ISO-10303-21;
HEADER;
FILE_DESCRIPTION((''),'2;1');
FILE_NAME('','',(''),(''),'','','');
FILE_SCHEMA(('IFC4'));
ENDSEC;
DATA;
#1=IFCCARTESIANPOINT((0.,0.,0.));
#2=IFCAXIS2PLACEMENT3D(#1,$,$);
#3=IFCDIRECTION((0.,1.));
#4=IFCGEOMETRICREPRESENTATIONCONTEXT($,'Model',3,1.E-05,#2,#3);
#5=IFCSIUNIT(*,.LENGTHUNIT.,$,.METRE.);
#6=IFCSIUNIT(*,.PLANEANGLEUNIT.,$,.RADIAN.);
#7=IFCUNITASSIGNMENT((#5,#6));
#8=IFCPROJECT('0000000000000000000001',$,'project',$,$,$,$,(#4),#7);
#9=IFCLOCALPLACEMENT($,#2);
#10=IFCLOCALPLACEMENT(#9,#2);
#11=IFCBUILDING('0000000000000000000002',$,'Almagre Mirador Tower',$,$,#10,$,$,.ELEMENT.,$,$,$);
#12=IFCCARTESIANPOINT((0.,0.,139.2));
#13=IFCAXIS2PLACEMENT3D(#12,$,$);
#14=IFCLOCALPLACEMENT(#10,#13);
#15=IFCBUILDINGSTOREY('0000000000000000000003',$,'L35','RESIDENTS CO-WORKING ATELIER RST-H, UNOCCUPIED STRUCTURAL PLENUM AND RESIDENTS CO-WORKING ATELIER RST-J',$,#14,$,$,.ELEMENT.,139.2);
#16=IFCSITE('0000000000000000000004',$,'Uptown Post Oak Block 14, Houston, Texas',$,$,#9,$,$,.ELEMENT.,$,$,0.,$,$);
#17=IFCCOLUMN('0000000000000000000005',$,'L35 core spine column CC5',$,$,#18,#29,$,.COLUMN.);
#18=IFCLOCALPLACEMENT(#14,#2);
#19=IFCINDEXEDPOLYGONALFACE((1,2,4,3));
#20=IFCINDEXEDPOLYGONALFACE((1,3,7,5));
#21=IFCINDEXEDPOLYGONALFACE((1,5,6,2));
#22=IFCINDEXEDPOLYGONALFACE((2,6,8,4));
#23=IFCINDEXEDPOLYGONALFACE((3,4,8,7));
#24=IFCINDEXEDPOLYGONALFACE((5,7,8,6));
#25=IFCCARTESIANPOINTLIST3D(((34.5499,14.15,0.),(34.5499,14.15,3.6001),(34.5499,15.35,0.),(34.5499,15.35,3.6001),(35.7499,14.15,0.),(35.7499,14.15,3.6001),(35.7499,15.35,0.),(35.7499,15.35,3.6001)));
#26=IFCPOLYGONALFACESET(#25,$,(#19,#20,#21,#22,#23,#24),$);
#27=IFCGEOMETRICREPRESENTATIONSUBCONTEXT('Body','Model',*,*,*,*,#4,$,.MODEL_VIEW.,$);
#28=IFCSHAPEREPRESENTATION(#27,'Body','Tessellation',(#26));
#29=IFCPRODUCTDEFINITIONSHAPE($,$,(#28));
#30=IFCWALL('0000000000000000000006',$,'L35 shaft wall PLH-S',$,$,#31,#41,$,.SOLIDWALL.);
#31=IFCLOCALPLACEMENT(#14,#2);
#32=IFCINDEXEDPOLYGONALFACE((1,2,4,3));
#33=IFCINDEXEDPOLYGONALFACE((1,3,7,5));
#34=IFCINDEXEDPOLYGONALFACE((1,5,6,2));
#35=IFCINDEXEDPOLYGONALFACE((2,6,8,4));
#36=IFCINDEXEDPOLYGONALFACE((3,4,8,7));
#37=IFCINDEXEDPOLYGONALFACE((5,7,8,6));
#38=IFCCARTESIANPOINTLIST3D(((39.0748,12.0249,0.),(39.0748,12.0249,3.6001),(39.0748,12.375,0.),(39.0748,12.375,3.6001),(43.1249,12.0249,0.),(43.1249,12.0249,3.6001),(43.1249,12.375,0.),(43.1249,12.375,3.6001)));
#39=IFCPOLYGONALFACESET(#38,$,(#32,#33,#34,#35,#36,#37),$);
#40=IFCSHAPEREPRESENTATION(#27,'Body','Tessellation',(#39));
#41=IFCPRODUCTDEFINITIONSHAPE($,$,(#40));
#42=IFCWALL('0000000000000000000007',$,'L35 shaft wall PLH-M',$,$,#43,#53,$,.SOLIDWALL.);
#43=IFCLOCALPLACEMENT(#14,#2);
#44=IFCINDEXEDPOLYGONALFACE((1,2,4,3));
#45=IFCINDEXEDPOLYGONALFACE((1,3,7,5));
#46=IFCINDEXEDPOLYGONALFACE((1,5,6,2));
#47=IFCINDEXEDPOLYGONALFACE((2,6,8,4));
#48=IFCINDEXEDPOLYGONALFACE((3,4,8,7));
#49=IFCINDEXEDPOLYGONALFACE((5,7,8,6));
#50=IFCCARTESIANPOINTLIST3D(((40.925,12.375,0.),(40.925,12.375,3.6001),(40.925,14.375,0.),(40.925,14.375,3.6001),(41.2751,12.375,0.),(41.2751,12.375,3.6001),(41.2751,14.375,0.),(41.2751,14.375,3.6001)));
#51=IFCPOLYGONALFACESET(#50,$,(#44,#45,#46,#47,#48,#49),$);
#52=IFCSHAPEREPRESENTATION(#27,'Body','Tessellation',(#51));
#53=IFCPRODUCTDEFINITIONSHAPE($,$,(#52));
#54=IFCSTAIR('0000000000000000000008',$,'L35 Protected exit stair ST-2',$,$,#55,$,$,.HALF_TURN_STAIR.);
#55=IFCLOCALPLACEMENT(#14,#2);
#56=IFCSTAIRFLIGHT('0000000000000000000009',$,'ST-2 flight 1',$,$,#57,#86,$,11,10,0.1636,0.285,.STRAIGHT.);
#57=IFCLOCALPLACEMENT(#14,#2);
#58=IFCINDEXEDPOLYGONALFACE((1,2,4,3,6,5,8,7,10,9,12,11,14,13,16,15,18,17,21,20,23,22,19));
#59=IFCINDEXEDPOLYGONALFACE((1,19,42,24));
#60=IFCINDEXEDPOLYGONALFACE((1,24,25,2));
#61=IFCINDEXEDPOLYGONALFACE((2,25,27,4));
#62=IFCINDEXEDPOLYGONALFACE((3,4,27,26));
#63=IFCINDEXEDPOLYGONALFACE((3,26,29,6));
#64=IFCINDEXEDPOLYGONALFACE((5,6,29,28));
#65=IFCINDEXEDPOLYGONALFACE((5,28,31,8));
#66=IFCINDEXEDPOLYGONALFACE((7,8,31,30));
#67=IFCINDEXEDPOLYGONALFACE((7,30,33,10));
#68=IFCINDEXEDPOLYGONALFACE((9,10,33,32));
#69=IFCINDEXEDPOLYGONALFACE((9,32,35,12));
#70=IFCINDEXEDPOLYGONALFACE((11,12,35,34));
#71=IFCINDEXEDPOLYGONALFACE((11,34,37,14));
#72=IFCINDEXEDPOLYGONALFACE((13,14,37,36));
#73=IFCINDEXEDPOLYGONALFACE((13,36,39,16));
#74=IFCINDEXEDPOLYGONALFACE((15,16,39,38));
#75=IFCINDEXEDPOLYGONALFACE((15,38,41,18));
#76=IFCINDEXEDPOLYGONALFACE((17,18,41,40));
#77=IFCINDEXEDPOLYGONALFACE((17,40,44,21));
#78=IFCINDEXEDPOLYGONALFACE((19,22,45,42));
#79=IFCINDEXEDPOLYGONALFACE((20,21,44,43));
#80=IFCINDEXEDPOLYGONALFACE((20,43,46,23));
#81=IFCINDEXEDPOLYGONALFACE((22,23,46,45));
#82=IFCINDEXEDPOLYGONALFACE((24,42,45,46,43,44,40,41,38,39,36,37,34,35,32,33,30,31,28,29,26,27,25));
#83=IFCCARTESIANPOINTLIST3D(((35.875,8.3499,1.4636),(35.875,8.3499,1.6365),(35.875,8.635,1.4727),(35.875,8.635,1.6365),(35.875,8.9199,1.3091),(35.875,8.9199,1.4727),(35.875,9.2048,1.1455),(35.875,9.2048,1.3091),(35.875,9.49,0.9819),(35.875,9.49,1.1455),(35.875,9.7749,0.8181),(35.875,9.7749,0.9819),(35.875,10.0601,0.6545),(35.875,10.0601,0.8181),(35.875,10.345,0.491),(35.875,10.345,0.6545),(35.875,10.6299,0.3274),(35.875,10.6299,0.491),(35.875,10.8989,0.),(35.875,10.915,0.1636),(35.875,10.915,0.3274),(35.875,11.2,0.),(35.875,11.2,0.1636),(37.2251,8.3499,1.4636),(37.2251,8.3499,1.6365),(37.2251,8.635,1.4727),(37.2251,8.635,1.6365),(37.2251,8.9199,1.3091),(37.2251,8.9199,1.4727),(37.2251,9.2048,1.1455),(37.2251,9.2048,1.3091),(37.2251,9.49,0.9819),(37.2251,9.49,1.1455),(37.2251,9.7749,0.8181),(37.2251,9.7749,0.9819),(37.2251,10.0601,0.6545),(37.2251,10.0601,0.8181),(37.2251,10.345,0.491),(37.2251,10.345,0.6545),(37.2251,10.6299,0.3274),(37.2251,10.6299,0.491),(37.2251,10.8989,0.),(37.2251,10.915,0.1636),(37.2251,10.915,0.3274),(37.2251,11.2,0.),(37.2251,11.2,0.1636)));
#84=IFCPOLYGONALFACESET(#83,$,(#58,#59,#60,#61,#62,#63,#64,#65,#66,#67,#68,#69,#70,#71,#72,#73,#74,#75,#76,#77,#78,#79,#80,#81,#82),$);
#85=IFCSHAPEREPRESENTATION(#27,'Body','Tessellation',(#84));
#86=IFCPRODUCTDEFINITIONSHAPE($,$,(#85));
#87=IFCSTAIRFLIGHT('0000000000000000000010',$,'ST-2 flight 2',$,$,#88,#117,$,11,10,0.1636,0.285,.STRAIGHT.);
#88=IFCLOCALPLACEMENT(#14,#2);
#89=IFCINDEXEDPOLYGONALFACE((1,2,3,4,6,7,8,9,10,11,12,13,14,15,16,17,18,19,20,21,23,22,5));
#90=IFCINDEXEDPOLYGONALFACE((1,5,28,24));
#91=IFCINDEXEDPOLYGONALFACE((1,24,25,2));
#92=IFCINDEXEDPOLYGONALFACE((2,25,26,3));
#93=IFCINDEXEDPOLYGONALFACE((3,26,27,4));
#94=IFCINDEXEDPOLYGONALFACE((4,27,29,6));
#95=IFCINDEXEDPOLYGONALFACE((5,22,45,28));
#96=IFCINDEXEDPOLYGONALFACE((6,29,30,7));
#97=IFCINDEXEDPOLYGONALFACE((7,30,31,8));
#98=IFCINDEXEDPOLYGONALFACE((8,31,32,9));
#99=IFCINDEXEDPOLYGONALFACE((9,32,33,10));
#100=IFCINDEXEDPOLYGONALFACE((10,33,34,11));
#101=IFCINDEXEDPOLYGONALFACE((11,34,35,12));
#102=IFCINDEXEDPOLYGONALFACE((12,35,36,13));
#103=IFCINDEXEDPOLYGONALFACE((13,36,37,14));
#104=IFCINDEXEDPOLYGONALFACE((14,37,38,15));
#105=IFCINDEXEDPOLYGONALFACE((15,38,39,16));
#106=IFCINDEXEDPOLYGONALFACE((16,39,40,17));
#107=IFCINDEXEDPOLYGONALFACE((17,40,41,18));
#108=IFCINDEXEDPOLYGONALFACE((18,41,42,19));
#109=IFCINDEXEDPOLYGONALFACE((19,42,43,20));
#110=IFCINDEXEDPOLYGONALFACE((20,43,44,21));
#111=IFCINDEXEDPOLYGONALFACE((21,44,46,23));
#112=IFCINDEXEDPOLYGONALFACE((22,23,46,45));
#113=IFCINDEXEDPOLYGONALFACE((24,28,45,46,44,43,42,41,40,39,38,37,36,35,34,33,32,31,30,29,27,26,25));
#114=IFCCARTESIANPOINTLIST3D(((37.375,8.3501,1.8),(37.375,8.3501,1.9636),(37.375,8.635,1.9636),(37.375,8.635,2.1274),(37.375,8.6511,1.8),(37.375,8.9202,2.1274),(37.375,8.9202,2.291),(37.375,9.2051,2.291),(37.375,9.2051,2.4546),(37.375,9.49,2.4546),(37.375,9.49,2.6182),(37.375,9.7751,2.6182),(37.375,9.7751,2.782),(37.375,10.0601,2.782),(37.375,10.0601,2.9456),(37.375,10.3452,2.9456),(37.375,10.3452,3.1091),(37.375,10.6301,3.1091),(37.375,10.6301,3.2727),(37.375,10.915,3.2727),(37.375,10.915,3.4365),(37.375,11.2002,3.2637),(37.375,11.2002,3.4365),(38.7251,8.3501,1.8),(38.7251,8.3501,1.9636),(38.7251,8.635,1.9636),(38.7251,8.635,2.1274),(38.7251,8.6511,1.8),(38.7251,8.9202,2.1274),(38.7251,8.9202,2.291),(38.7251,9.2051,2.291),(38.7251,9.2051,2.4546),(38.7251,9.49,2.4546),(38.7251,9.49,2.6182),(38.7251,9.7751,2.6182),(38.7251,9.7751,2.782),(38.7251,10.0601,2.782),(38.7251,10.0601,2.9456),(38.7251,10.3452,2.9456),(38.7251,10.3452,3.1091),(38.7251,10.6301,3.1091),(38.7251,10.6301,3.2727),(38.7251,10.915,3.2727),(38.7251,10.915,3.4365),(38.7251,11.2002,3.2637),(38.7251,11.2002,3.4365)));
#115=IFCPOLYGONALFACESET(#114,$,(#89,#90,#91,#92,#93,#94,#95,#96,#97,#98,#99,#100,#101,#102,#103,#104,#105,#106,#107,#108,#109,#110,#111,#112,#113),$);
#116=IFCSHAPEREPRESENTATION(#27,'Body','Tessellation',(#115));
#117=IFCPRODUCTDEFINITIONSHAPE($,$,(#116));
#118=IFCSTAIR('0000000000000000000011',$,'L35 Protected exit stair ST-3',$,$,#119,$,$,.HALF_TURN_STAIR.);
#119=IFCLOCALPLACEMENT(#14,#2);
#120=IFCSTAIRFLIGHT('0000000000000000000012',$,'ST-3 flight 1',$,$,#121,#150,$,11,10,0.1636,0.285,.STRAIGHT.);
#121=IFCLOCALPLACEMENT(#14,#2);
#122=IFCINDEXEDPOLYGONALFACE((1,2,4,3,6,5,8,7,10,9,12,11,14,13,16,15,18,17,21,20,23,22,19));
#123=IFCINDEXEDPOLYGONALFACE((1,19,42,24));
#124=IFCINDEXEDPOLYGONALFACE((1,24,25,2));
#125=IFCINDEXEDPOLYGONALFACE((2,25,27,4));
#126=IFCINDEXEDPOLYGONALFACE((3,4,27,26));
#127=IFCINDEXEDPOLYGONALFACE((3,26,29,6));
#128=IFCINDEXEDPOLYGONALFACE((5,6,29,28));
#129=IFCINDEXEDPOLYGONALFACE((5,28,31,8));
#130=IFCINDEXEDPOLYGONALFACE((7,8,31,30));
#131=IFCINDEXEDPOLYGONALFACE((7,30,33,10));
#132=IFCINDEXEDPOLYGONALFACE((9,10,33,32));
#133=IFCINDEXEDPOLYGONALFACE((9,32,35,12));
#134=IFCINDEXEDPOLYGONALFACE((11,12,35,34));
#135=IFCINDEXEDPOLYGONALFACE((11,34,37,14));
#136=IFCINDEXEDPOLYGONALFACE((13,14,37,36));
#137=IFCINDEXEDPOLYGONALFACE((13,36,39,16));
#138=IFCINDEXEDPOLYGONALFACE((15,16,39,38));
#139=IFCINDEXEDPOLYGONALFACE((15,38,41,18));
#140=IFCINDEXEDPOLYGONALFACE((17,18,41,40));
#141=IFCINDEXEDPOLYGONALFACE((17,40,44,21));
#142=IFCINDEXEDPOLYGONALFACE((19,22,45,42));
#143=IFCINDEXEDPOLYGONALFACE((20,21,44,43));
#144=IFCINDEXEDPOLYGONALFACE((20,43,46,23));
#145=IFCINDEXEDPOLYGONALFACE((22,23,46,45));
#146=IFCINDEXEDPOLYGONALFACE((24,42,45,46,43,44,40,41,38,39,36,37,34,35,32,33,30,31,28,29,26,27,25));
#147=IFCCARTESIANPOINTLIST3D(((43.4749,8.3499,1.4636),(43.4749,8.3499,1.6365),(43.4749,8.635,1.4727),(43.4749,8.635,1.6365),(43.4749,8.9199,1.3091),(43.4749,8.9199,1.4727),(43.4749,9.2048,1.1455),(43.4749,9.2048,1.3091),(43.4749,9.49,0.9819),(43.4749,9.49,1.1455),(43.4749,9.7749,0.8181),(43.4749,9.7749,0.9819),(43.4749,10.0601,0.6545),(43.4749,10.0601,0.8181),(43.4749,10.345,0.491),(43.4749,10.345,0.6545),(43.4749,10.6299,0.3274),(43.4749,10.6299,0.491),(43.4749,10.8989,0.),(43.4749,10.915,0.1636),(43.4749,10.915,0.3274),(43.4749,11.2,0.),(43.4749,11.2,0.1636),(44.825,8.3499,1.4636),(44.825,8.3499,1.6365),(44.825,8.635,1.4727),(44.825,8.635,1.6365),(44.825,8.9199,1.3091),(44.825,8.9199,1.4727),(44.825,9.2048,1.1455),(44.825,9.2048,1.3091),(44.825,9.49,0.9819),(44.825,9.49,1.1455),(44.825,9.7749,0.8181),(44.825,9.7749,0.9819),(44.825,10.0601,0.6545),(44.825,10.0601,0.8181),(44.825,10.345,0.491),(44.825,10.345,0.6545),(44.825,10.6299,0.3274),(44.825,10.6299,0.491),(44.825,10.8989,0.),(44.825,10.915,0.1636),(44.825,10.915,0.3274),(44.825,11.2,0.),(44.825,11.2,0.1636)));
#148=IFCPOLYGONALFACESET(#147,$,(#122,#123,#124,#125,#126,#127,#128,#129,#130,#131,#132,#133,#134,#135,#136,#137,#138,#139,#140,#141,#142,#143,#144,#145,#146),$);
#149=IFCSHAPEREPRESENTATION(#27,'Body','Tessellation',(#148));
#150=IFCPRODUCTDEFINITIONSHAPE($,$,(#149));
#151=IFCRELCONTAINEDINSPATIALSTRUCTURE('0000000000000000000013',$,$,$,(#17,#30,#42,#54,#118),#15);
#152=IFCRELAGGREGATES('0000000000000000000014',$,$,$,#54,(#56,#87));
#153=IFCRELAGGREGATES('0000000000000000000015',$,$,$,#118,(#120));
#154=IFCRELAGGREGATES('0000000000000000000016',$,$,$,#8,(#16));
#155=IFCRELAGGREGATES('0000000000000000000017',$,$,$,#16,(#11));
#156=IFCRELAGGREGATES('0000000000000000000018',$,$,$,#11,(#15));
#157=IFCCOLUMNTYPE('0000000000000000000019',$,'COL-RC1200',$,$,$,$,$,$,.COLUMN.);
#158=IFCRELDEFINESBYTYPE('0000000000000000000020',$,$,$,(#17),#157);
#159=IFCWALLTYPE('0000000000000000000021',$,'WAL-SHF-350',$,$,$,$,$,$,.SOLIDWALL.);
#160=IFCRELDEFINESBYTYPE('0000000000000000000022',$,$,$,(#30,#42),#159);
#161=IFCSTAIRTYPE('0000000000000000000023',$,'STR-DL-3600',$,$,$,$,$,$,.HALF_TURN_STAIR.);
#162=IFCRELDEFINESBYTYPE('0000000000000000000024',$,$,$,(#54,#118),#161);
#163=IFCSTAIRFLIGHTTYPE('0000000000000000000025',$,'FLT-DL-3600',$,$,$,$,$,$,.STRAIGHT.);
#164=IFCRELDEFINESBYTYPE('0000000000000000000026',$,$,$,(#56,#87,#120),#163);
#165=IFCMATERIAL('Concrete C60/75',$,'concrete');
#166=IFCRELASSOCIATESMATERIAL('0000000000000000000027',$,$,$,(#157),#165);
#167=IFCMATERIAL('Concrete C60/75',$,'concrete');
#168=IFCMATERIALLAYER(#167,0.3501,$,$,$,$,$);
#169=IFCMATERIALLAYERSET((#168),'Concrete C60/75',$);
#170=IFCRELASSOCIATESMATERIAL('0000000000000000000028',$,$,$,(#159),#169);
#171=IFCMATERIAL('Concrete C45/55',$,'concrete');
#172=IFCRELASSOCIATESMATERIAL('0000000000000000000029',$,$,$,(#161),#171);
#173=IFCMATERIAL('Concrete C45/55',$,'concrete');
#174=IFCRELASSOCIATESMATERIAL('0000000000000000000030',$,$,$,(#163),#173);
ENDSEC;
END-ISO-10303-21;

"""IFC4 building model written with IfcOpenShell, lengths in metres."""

from ifc_helpers import new_model, si_unit, direction, frame, frame_2d, origin, origin_2d, place, context, subcontext, project, spatial, polyline, rectangle, outline, extrude, material, layer, layer_set, material_profile, profile_set, type_object, element, aggregate, save


model = new_model("IFC4")

# Units and contexts
model_context = context("Model", 3, precision=1e-05, world=origin(), true_north=direction((0.0, 1.0)))
body_context = subcontext(model_context, "Body", "Model", "MODEL_VIEW")
ifc_project = project(units=[si_unit("LENGTHUNIT", "METRE"), si_unit("PLANEANGLEUNIT", "RADIAN")], contexts=[model_context])

# Site, building, storey
site_placement = place(None, origin())
site = spatial("IfcSite", under=ifc_project, at=site_placement, Name="Uptown Post Oak Block 14, Houston, Texas", CompositionType="ELEMENT", RefElevation=0.0)
building_placement = place(site_placement, origin())
building = spatial("IfcBuilding", under=site, at=building_placement, Name="Almagre Mirador Tower", CompositionType="ELEMENT")
storey_placement = place(building_placement, frame((0.0, 0.0, 139.2)))
storey = spatial("IfcBuildingStorey", under=building, at=storey_placement, Name="L35", Description="RESIDENTS CO-WORKING ATELIER RST-H, UNOCCUPIED STRUCTURAL PLENUM AND RESIDENTS CO-WORKING ATELIER RST-J", CompositionType="ELEMENT", Elevation=139.2)

# Column
ifc_material_1 = material(Name="Concrete C60/75", Category="concrete")
ifc_material_profile = material_profile(ifc_material_1, rectangle(XDim=1.2, YDim=1.2, at=origin_2d()), Name="RC1200X1200")
ifc_profile_set = profile_set([ifc_material_profile], Name="Concrete C60/75")
column_type = type_object("IfcColumnType", Name="COL-RC1200", PredefinedType="COLUMN", material=ifc_profile_set)
column_placement = place(storey_placement, frame((35.1499, 14.75, 0.0), z_axis=(0.0, 0.0, 1.0), x_axis=(1.0, 0.0, 0.0)))
element("IfcColumn", 1, at=column_placement, inside=storey, type_object=column_type, Name="L35 core spine column CC5", PredefinedType="COLUMN", context=body_context, shape_type="SweptSolid", body=[
    extrude(rectangle(XDim=1.2, YDim=1.2, at=origin_2d()), origin(), (0.0, 0.0, 1.0), 3.6001),
])

# Walls
ifc_material_2 = material(Name="Concrete C60/75", Category="concrete")
ifc_layer = layer(ifc_material_2, 0.3501)
ifc_layer_set = layer_set([ifc_layer], Name="Concrete C60/75")
wall_type = type_object("IfcWallType", Name="WAL-SHF-350", PredefinedType="SOLIDWALL", material=ifc_layer_set)
wall_1_placement = place(storey_placement, frame((39.075, 12.2, 0.0), z_axis=(0.0, 0.0, 1.0), x_axis=(1.0, 0.0, 0.0)))
element("IfcWall", 2, at=wall_1_placement, inside=storey, type_object=wall_type, Name="L35 shaft wall PLH-S", PredefinedType="SOLIDWALL", context=body_context, shape_type="SweptSolid", body=[
    extrude(rectangle(XDim=4.05, YDim=0.3501, at=frame_2d((2.0249, 0.0))), origin(), (0.0, 0.0, 1.0), 3.6001),
])
wall_2_placement = place(storey_placement, frame((41.1001, 12.375, 0.0), z_axis=(0.0, 0.0, 1.0), x_axis=(0.0, 1.0, 0.0)))
element("IfcWall", 3, at=wall_2_placement, inside=storey, type_object=wall_type, Name="L35 shaft wall PLH-M", PredefinedType="SOLIDWALL", context=body_context, shape_type="SweptSolid", body=[
    extrude(rectangle(XDim=2.0, YDim=0.3501, at=frame_2d((1.0, 0.0))), origin(), (0.0, 0.0, 1.0), 3.6001),
])

# Stair, stair flights
ifc_material_3 = material(Name="Concrete C45/55", Category="concrete")
stair_type = type_object("IfcStairType", Name="STR-DL-3600", PredefinedType="HALF_TURN_STAIR", material=ifc_material_3)
stair_1_placement = place(storey_placement, origin())
stair_1 = element("IfcStair", 4, at=stair_1_placement, inside=storey, type_object=stair_type, Name="L35 Protected exit stair ST-2", PredefinedType="HALF_TURN_STAIR")
ifc_material_4 = material(Name="Concrete C45/55", Category="concrete")
stair_flight_type = type_object("IfcStairFlightType", Name="FLT-DL-3600", PredefinedType="STRAIGHT", material=ifc_material_4)
stair_flight_1_placement = place(storey_placement, frame((36.55, 11.2, 0.0), z_axis=(0.0, 0.0, 1.0), x_axis=(0.0, -1.0, 0.0)))
stair_flight_1 = element("IfcStairFlight", 5, at=stair_flight_1_placement, type_object=stair_flight_type, Name="ST-2 flight 1", NumberOfRisers=11, NumberOfTreads=10, PredefinedType="STRAIGHT", RiserHeight=0.1636, TreadLength=0.285, context=body_context, shape_type="SweptSolid", body=[
    extrude(outline(polyline([(0.0, 0.0), (0.0, 0.1636), (0.2849, 0.1636), (0.2849, 0.3274), (0.5701, 0.3274), (0.5701, 0.491), (0.855, 0.491), (0.855, 0.6545), (1.1399, 0.6545), (1.1399, 0.8181), (1.425, 0.8181), (1.425, 0.9819), (1.71, 0.9819), (1.71, 1.1455), (1.9951, 1.1455), (1.9951, 1.3091), (2.28, 1.3091), (2.28, 1.4727), (2.5649, 1.4727), (2.5649, 1.6365), (2.8501, 1.6365), (2.8501, 1.8), (2.8501, 1.4636), (0.301, 0.0), (0.0, 0.0)])), frame((0.0, 0.675, 0.0), z_axis=(0.0, -1.0, 0.0), x_axis=(1.0, 0.0, 0.0)), (0.0, 0.0, 1.0), 1.3501),
])
stair_flight_2_placement = place(storey_placement, frame((38.05, 8.3501, 1.8), z_axis=(0.0, 0.0, 1.0), x_axis=(0.0, 1.0, 0.0)))
stair_flight_2 = element("IfcStairFlight", 6, at=stair_flight_2_placement, type_object=stair_flight_type, Name="ST-2 flight 2", NumberOfRisers=11, NumberOfTreads=10, PredefinedType="STRAIGHT", RiserHeight=0.1636, TreadLength=0.285, context=body_context, shape_type="SweptSolid", body=[
    extrude(outline(polyline([(0.0, 0.0), (0.0, 0.1636), (0.2849, 0.1636), (0.2849, 0.3274), (0.5701, 0.3274), (0.5701, 0.491), (0.855, 0.491), (0.855, 0.6545), (1.1399, 0.6545), (1.1399, 0.8181), (1.425, 0.8181), (1.425, 0.9819), (1.71, 0.9819), (1.71, 1.1455), (1.9951, 1.1455), (1.9951, 1.3091), (2.28, 1.3091), (2.28, 1.4727), (2.5649, 1.4727), (2.5649, 1.6365), (2.8501, 1.6365), (2.8501, 1.8), (2.8501, 1.4636), (0.301, 0.0), (0.0, 0.0)])), frame((0.0, 0.675, 0.0), z_axis=(0.0, -1.0, 0.0), x_axis=(1.0, 0.0, 0.0)), (0.0, 0.0, 1.0), 1.3501),
])
aggregate(stair_1, [stair_flight_1, stair_flight_2])

# Stair, stair flight
stair_2_placement = place(storey_placement, origin())
stair_2 = element("IfcStair", 7, at=stair_2_placement, inside=storey, type_object=stair_type, Name="L35 Protected exit stair ST-3", PredefinedType="HALF_TURN_STAIR")
stair_flight_3_placement = place(storey_placement, frame((44.1499, 11.2, 0.0), z_axis=(0.0, 0.0, 1.0), x_axis=(0.0, -1.0, 0.0)))
stair_flight_3 = element("IfcStairFlight", 8, at=stair_flight_3_placement, type_object=stair_flight_type, Name="ST-3 flight 1", NumberOfRisers=11, NumberOfTreads=10, PredefinedType="STRAIGHT", RiserHeight=0.1636, TreadLength=0.285, context=body_context, shape_type="SweptSolid", body=[
    extrude(outline(polyline([(0.0, 0.0), (0.0, 0.1636), (0.2849, 0.1636), (0.2849, 0.3274), (0.5701, 0.3274), (0.5701, 0.491), (0.855, 0.491), (0.855, 0.6545), (1.1399, 0.6545), (1.1399, 0.8181), (1.425, 0.8181), (1.425, 0.9819), (1.71, 0.9819), (1.71, 1.1455), (1.9951, 1.1455), (1.9951, 1.3091), (2.28, 1.3091), (2.28, 1.4727), (2.5649, 1.4727), (2.5649, 1.6365), (2.8501, 1.6365), (2.8501, 1.8), (2.8501, 1.4636), (0.301, 0.0), (0.0, 0.0)])), frame((0.0, 0.675, 0.0), z_axis=(0.0, -1.0, 0.0), x_axis=(1.0, 0.0, 0.0)), (0.0, 0.0, 1.0), 1.3501),
])
aggregate(stair_2, [stair_flight_3])

save(model, "model.ifc")
